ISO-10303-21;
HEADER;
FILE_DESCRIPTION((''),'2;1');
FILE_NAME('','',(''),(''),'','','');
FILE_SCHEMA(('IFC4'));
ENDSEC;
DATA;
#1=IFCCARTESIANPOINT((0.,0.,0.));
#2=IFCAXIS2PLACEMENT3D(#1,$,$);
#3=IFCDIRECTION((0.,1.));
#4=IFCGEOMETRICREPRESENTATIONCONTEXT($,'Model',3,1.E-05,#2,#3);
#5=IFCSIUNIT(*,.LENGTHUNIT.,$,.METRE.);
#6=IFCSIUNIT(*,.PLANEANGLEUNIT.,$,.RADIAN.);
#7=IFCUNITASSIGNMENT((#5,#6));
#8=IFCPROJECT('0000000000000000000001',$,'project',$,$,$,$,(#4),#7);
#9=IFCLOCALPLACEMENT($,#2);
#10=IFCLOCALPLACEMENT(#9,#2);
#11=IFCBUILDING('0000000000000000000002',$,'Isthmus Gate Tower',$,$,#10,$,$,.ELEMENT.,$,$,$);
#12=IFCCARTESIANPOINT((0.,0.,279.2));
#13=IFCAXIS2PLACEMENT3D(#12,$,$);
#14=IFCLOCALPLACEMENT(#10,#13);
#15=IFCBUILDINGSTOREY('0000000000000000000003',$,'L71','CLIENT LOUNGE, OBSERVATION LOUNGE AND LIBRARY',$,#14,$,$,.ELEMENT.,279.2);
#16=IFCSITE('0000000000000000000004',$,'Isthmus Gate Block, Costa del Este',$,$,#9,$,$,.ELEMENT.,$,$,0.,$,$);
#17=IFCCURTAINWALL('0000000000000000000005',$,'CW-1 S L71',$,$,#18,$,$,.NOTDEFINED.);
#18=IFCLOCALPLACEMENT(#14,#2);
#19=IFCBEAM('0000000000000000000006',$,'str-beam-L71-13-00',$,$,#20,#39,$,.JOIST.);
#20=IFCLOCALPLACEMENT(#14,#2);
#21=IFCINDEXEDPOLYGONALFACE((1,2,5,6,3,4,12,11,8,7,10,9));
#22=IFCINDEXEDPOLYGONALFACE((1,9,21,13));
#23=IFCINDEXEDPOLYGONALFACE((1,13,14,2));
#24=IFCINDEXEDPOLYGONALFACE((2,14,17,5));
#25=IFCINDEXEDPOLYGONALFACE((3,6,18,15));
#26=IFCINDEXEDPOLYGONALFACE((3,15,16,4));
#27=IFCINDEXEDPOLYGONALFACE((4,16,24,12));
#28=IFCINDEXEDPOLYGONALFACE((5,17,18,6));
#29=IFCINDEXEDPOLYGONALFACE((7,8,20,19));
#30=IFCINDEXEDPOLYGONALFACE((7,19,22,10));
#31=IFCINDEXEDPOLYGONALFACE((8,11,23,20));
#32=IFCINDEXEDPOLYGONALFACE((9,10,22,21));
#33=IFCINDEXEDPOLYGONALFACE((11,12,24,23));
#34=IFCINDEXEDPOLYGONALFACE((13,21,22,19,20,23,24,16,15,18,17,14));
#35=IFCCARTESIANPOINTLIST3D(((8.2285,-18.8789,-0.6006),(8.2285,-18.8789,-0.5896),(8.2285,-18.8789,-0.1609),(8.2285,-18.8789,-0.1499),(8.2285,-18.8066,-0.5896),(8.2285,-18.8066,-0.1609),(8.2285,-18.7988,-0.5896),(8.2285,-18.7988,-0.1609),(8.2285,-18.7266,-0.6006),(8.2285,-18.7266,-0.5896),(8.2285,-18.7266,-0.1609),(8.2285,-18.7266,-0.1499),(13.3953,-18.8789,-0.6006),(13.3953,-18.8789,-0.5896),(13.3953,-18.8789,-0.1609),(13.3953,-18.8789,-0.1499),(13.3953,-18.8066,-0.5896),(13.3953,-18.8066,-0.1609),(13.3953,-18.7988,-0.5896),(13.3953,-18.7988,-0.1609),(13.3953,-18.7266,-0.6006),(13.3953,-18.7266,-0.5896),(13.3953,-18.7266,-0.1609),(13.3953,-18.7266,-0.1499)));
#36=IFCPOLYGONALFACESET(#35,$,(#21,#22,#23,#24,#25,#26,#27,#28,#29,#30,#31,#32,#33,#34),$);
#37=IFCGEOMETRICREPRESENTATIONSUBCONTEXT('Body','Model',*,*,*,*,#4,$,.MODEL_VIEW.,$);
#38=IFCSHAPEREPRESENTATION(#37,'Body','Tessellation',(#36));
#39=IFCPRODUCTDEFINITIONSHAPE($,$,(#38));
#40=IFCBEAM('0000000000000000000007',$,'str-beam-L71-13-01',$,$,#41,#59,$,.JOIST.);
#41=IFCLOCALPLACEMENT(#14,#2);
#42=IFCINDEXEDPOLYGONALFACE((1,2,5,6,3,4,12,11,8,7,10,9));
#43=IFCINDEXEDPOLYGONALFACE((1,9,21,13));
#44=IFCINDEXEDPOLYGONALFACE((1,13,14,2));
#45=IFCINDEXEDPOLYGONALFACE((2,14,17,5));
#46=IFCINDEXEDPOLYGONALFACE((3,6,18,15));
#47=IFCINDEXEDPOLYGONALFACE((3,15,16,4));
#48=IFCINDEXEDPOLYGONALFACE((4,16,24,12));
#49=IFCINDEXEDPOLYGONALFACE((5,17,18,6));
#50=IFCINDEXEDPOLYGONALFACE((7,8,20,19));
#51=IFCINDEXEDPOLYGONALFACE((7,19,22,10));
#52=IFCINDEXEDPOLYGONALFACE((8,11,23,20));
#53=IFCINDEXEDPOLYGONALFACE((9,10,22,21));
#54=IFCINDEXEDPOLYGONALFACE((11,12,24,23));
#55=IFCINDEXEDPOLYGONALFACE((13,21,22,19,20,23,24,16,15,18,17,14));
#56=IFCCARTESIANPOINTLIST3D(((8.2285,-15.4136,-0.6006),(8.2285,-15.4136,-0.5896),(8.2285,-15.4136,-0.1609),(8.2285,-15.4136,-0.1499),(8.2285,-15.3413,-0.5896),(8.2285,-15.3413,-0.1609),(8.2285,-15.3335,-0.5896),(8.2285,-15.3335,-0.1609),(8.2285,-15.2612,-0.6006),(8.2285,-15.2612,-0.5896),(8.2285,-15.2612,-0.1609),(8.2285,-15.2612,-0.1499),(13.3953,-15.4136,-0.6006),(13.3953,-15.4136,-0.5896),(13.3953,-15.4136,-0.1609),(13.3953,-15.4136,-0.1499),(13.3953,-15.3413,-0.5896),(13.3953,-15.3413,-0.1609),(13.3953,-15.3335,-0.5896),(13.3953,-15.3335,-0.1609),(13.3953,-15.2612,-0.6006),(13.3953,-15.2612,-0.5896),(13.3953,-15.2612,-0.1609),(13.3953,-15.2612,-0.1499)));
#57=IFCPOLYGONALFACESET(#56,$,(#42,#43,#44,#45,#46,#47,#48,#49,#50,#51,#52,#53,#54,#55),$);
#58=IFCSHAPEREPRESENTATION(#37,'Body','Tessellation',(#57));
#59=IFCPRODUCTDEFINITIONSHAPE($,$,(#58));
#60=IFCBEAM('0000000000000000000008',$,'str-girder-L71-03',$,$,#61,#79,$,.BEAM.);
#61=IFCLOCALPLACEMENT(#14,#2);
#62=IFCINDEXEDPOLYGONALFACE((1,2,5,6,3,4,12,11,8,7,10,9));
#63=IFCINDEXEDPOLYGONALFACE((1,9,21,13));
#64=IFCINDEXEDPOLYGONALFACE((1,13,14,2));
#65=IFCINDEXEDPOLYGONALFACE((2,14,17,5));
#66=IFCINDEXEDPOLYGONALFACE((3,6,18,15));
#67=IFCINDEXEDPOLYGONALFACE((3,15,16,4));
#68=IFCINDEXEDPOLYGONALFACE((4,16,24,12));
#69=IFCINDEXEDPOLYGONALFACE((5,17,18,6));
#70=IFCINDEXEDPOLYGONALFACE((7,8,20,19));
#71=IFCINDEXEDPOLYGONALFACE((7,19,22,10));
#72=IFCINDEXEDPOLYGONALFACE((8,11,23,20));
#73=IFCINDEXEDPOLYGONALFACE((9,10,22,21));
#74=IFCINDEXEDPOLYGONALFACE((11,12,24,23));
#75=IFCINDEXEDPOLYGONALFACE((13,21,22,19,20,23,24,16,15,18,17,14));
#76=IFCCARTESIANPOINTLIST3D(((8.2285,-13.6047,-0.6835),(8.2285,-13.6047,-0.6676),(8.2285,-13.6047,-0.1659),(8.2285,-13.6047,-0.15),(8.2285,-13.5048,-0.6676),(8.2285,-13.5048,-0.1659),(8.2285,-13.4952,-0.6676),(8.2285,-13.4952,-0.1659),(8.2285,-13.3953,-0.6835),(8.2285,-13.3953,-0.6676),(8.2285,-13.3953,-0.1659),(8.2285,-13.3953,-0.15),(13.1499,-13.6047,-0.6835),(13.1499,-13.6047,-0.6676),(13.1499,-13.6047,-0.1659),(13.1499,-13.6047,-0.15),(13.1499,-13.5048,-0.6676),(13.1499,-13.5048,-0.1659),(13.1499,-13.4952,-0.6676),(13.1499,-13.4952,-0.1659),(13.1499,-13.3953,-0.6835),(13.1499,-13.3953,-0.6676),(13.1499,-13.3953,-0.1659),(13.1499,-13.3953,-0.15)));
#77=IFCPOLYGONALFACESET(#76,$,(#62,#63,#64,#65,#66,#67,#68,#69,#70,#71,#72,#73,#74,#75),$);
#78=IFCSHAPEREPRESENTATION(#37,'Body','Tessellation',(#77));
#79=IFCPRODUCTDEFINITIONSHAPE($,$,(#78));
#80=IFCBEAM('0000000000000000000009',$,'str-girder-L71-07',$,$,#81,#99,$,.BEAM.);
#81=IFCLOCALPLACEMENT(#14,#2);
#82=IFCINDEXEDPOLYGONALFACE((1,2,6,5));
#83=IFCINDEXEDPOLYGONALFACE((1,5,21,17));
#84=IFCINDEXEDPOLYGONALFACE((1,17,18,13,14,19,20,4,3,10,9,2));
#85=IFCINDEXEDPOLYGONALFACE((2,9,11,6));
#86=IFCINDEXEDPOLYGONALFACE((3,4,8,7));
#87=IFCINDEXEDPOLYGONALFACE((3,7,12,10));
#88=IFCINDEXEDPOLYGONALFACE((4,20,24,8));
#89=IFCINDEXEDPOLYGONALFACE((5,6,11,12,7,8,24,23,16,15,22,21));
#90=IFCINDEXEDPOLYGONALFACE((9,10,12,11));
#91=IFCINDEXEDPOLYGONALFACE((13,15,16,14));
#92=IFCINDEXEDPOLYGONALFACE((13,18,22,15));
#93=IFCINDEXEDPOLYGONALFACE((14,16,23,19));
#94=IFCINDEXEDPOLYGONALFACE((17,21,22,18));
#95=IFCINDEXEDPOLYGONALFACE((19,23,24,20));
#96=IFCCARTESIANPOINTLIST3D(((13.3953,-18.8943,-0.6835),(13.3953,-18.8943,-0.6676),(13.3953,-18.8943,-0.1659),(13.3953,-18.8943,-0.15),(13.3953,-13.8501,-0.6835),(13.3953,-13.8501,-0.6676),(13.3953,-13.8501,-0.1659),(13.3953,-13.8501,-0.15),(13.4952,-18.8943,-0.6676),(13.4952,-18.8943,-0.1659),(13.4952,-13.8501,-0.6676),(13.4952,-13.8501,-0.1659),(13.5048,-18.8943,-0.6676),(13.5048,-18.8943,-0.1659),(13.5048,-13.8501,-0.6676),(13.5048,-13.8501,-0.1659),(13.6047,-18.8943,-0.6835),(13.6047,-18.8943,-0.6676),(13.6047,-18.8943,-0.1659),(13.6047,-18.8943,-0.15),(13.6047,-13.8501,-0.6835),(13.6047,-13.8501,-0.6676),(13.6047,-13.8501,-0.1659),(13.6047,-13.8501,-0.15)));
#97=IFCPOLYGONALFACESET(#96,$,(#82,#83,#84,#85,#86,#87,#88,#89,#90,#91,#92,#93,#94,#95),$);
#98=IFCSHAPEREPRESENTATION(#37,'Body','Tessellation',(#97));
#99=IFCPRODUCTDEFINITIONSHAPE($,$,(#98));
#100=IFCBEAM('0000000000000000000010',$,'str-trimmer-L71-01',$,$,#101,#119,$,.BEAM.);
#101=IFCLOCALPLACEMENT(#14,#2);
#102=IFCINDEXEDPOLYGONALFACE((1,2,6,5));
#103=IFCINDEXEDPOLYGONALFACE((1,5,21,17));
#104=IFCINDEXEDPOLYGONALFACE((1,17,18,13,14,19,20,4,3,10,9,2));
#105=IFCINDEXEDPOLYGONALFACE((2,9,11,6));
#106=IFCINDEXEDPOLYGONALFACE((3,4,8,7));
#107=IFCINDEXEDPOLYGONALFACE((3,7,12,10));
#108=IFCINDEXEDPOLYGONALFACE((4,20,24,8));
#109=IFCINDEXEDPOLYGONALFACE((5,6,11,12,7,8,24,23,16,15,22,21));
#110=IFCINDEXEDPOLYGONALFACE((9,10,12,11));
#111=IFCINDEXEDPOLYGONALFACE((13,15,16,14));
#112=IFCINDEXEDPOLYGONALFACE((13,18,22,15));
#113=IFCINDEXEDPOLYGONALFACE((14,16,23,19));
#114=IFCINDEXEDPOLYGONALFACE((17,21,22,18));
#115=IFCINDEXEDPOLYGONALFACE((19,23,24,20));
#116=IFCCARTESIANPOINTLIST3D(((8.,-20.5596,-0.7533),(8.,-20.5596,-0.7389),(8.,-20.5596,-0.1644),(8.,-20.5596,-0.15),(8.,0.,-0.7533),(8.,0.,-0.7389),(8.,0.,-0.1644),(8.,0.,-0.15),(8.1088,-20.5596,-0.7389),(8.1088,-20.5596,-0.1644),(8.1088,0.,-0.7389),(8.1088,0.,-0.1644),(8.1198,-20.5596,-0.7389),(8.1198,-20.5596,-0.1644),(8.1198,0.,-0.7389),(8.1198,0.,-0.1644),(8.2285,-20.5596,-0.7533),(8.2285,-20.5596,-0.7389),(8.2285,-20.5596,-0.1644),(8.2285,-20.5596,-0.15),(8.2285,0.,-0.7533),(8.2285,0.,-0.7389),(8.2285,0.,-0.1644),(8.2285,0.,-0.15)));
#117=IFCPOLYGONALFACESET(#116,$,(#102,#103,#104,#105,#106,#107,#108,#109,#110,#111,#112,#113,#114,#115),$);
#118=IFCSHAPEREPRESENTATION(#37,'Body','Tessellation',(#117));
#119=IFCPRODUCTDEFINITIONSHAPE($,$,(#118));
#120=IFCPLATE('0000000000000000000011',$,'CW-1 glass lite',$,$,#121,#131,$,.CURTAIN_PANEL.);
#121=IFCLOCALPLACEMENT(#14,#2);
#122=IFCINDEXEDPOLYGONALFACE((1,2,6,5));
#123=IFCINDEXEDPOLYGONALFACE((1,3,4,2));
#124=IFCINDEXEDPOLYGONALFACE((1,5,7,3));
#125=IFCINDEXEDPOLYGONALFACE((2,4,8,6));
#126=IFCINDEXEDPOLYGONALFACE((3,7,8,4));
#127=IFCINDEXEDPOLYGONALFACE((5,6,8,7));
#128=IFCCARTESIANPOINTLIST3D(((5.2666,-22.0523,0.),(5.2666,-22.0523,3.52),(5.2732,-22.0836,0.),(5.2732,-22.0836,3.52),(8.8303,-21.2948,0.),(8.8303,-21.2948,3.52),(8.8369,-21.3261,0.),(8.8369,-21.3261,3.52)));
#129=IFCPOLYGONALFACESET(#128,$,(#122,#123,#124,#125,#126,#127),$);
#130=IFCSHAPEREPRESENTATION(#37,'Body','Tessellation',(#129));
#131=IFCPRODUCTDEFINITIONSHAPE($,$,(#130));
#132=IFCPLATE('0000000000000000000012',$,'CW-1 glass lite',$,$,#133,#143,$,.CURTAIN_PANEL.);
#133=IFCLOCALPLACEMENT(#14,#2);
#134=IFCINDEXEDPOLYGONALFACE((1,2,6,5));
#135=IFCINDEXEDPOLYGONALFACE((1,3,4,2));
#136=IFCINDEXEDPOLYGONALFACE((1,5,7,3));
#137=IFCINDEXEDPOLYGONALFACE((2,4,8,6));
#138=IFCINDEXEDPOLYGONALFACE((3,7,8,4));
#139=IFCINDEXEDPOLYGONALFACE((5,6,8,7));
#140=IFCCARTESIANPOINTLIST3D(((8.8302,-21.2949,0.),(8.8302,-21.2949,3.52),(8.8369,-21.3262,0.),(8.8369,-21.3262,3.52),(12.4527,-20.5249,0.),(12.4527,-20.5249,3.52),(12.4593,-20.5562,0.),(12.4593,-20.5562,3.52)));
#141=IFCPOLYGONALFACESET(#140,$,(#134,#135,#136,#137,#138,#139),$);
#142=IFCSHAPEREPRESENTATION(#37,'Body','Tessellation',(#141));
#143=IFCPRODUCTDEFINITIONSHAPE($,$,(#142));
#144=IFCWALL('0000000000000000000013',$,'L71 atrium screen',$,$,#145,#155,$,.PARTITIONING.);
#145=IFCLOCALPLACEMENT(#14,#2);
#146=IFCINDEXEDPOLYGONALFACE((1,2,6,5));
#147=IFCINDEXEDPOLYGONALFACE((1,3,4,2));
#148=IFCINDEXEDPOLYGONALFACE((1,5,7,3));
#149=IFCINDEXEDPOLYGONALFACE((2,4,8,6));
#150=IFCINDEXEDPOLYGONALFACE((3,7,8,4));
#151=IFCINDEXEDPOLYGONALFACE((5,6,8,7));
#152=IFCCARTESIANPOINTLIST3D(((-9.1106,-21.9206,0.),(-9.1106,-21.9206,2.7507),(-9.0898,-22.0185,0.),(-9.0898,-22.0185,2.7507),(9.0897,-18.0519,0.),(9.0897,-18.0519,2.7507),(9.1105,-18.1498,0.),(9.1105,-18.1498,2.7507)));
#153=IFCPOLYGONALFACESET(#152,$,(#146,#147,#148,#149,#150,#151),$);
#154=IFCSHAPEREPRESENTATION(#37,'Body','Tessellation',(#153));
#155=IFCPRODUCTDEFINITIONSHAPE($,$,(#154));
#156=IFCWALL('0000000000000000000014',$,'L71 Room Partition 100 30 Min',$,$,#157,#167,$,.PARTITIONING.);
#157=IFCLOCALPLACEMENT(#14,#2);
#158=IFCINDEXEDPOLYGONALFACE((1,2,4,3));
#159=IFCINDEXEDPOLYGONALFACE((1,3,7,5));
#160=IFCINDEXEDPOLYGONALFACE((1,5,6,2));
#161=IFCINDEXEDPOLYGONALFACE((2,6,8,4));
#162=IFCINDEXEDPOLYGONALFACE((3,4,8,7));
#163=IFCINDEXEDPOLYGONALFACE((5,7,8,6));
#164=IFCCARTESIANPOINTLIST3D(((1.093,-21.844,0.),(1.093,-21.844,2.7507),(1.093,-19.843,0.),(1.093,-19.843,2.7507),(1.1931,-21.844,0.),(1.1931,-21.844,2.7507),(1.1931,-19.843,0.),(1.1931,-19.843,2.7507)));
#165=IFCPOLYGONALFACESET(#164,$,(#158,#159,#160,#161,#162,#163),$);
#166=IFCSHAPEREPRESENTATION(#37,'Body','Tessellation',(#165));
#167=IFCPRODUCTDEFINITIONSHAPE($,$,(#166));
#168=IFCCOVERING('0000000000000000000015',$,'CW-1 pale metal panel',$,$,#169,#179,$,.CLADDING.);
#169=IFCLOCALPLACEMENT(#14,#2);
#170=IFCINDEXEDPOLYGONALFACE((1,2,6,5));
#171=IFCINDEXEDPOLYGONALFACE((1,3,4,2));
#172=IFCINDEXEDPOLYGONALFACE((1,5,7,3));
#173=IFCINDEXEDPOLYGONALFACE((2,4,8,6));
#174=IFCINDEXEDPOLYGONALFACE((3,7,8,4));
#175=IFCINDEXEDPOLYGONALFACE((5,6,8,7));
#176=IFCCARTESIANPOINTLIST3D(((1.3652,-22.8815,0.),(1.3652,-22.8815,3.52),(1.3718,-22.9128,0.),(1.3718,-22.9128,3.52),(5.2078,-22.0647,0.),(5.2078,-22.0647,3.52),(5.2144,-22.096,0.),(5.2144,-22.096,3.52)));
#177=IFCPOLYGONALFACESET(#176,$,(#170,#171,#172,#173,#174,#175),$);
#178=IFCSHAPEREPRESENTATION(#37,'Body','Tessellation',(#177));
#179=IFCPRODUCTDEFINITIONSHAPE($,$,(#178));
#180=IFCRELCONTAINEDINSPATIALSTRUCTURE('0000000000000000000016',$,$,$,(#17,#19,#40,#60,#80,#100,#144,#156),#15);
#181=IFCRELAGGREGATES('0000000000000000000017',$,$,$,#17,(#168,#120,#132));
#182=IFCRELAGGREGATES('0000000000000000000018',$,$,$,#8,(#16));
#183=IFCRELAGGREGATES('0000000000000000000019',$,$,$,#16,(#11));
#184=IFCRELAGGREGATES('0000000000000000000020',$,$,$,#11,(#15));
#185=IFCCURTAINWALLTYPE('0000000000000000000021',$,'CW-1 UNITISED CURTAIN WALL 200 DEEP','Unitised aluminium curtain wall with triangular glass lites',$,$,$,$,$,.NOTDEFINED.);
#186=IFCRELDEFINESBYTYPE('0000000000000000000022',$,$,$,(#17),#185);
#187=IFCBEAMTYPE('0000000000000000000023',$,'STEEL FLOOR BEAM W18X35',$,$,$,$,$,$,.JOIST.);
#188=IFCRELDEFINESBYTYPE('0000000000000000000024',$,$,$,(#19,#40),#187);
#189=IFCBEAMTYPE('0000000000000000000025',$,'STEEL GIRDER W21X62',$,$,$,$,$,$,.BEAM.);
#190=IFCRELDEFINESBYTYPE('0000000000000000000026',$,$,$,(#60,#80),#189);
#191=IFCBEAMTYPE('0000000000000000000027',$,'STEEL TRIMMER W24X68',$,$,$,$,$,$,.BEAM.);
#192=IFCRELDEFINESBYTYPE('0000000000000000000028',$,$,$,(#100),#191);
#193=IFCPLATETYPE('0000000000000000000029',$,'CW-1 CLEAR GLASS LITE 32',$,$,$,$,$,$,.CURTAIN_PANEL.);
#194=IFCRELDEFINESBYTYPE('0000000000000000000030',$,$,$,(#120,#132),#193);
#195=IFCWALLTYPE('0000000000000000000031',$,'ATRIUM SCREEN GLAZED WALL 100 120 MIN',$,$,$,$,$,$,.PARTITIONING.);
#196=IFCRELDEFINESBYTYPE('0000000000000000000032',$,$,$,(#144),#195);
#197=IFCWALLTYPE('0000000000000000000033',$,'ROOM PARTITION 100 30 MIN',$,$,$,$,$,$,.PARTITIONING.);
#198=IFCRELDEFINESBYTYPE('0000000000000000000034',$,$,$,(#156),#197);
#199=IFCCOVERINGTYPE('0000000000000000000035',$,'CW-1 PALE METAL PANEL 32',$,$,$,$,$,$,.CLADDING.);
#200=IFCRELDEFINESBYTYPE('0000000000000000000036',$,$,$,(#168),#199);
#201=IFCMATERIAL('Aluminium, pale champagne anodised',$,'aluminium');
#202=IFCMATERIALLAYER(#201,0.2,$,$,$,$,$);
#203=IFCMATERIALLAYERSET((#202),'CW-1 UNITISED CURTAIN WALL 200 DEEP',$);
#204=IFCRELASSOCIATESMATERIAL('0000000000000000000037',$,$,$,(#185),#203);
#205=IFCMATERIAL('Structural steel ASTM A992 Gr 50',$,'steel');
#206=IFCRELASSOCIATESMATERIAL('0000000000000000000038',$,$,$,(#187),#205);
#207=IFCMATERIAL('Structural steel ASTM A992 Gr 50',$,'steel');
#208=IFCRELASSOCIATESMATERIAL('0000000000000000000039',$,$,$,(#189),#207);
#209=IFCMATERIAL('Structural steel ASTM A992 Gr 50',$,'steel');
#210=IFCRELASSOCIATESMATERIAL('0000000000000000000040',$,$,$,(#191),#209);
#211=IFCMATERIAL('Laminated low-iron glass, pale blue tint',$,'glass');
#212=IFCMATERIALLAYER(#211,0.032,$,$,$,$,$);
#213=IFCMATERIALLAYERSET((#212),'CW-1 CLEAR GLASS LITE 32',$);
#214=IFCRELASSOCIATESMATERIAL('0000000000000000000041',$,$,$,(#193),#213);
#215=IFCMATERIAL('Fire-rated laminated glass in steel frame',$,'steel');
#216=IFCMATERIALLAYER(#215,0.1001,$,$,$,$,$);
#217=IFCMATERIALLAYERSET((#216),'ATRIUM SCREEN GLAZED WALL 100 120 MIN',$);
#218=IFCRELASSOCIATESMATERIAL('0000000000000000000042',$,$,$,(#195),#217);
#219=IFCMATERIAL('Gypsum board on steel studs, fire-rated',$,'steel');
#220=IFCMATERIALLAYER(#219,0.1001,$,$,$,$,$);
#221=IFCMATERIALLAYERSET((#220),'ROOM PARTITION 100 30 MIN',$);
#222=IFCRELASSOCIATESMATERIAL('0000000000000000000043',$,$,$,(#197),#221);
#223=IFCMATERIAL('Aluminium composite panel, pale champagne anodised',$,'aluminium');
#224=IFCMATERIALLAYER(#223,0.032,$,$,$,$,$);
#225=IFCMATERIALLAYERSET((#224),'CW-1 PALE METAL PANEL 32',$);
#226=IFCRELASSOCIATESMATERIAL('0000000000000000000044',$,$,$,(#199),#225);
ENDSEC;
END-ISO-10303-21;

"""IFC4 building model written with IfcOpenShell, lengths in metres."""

from ifc_helpers import new_model, si_unit, direction, frame, frame_2d, origin, origin_2d, place, context, subcontext, project, spatial, rectangle, i_section, extrude, material, layer, layer_set, material_profile, profile_set, type_object, element, aggregate, save


model = new_model("IFC4")

# Units and contexts
model_context = context("Model", 3, precision=1e-05, world=origin(), true_north=direction((0.0, 1.0)))
body_context = subcontext(model_context, "Body", "Model", "MODEL_VIEW")
ifc_project = project(units=[si_unit("LENGTHUNIT", "METRE"), si_unit("PLANEANGLEUNIT", "RADIAN")], contexts=[model_context])

# Site, building, storey
site_placement = place(None, origin())
site = spatial("IfcSite", under=ifc_project, at=site_placement, Name="Isthmus Gate Block, Costa del Este", CompositionType="ELEMENT", RefElevation=0.0)
building_placement = place(site_placement, origin())
building = spatial("IfcBuilding", under=site, at=building_placement, Name="Isthmus Gate Tower", CompositionType="ELEMENT")
storey_placement = place(building_placement, frame((0.0, 0.0, 279.2)))
storey = spatial("IfcBuildingStorey", under=building, at=storey_placement, Name="L71", Description="CLIENT LOUNGE, OBSERVATION LOUNGE AND LIBRARY", CompositionType="ELEMENT", Elevation=279.2)

# Curtain wall
ifc_material_1 = material(Name="Aluminium, pale champagne anodised", Category="aluminium")
ifc_layer_1 = layer(ifc_material_1, 0.2)
ifc_layer_set_1 = layer_set([ifc_layer_1], Name="CW-1 UNITISED CURTAIN WALL 200 DEEP")
curtain_wall_type = type_object("IfcCurtainWallType", Name="CW-1 UNITISED CURTAIN WALL 200 DEEP", Description="Unitised aluminium curtain wall with triangular glass lites", PredefinedType="NOTDEFINED", material=ifc_layer_set_1)
curtain_wall_1_placement = place(storey_placement, origin())
curtain_wall_1 = element("IfcCurtainWall", 1, at=curtain_wall_1_placement, inside=storey, type_object=curtain_wall_type, Name="CW-1 S L71", PredefinedType="NOTDEFINED")

# Beams
ifc_material_2 = material(Name="Structural steel ASTM A992 Gr 50", Category="steel")
ifc_material_profile_1 = material_profile(ifc_material_2, i_section(OverallWidth=0.1523, OverallDepth=0.4507, WebThickness=0.0078, FlangeThickness=0.011, at=origin_2d()), Name="W18X35")
ifc_profile_set_1 = profile_set([ifc_material_profile_1], Name="Structural steel ASTM A992 Gr 50")
beam_type_1 = type_object("IfcBeamType", Name="STEEL FLOOR BEAM W18X35", PredefinedType="JOIST", material=ifc_profile_set_1)
for number, where, z_axis, x_axis, name in (
    (2, (8.2285, -18.8027, -0.3752), (1.0, 0.0, 0.0), (0.0, 1.0, 0.0), "str-beam-L71-13-00"),
    (3, (8.2285, -15.3374, -0.3752), (1.0, 0.0, 0.0), (0.0, 1.0, 0.0), "str-beam-L71-13-01"),
):
    element("IfcBeam", number, at=place(storey_placement, frame(where, z_axis=z_axis, x_axis=x_axis)), inside=storey, type_object=beam_type_1, Name=name, PredefinedType="JOIST", context=body_context, shape_type="SweptSolid", body=[
        extrude(i_section(OverallWidth=0.1523, OverallDepth=0.4507, WebThickness=0.0078, FlangeThickness=0.011, at=origin_2d()), origin(), (0.0, 0.0, 1.0), 5.1667),
    ])
ifc_material_3 = material(Name="Structural steel ASTM A992 Gr 50", Category="steel")
ifc_material_profile_2 = material_profile(ifc_material_3, i_section(OverallWidth=0.2095, OverallDepth=0.5334, WebThickness=0.0095, FlangeThickness=0.0159, at=origin_2d()), Name="W21X62")
ifc_profile_set_2 = profile_set([ifc_material_profile_2], Name="Structural steel ASTM A992 Gr 50")
beam_type_2 = type_object("IfcBeamType", Name="STEEL GIRDER W21X62", PredefinedType="BEAM", material=ifc_profile_set_2)
beam_1_placement = place(storey_placement, frame((8.2285, -13.5, -0.4167), z_axis=(1.0, 0.0, 0.0), x_axis=(0.0, 1.0, 0.0)))
element("IfcBeam", 4, at=beam_1_placement, inside=storey, type_object=beam_type_2, Name="str-girder-L71-03", PredefinedType="BEAM", context=body_context, shape_type="SweptSolid", body=[
    extrude(i_section(OverallWidth=0.2095, OverallDepth=0.5334, WebThickness=0.0095, FlangeThickness=0.0159, at=origin_2d()), origin(), (0.0, 0.0, 1.0), 4.9214),
])
beam_2_placement = place(storey_placement, frame((13.5, -18.8943, -0.4167), z_axis=(0.0, 1.0, 0.0), x_axis=(-1.0, 0.0, 0.0)))
element("IfcBeam", 5, at=beam_2_placement, inside=storey, type_object=beam_type_2, Name="str-girder-L71-07", PredefinedType="BEAM", context=body_context, shape_type="SweptSolid", body=[
    extrude(i_section(OverallWidth=0.2095, OverallDepth=0.5334, WebThickness=0.0095, FlangeThickness=0.0159, at=origin_2d()), origin(), (0.0, 0.0, 1.0), 5.0442),
])
ifc_material_4 = material(Name="Structural steel ASTM A992 Gr 50", Category="steel")
ifc_material_profile_3 = material_profile(ifc_material_4, i_section(OverallWidth=0.2285, OverallDepth=0.6033, WebThickness=0.011, FlangeThickness=0.0144, at=origin_2d()), Name="W24X68")
ifc_profile_set_3 = profile_set([ifc_material_profile_3], Name="Structural steel ASTM A992 Gr 50")
beam_type_3 = type_object("IfcBeamType", Name="STEEL TRIMMER W24X68", PredefinedType="BEAM", material=ifc_profile_set_3)
beam_3_placement = place(storey_placement, frame((8.1143, -20.5596, -0.4517), z_axis=(0.0, 1.0, 0.0), x_axis=(-1.0, 0.0, 0.0)))
element("IfcBeam", 6, at=beam_3_placement, inside=storey, type_object=beam_type_3, Name="str-trimmer-L71-01", PredefinedType="BEAM", context=body_context, shape_type="SweptSolid", body=[
    extrude(i_section(OverallWidth=0.2285, OverallDepth=0.6033, WebThickness=0.011, FlangeThickness=0.0144, at=origin_2d()), origin(), (0.0, 0.0, 1.0), 20.5596),
])

# Plates
ifc_material_5 = material(Name="Laminated low-iron glass, pale blue tint", Category="glass")
ifc_layer_2 = layer(ifc_material_5, 0.032)
ifc_layer_set_2 = layer_set([ifc_layer_2], Name="CW-1 CLEAR GLASS LITE 32")
plate_type = type_object("IfcPlateType", Name="CW-1 CLEAR GLASS LITE 32", PredefinedType="CURTAIN_PANEL", material=ifc_layer_set_2)
plate_1_placement = place(storey_placement, frame((7.0518, -21.6892, 0.0), z_axis=(0.0, 0.0, 1.0), x_axis=(0.978148, 0.207912, 0.0)))
plate_1 = element("IfcPlate", 7, at=plate_1_placement, type_object=plate_type, Name="CW-1 glass lite", PredefinedType="CURTAIN_PANEL", context=body_context, shape_type="SweptSolid", body=[
    extrude(rectangle(XDim=3.6433, YDim=0.032, at=origin_2d()), origin(), (0.0, 0.0, 1.0), 3.52),
])
plate_2_placement = place(storey_placement, frame((10.6448, -20.9255, 0.0), z_axis=(0.0, 0.0, 1.0), x_axis=(0.978148, 0.207912, 0.0)))
plate_2 = element("IfcPlate", 8, at=plate_2_placement, type_object=plate_type, Name="CW-1 glass lite", PredefinedType="CURTAIN_PANEL", context=body_context, shape_type="SweptSolid", body=[
    extrude(rectangle(XDim=3.7034, YDim=0.032, at=origin_2d()), origin(), (0.0, 0.0, 1.0), 3.52),
])

# Walls
ifc_material_6 = material(Name="Fire-rated laminated glass in steel frame", Category="steel")
ifc_layer_3 = layer(ifc_material_6, 0.1001)
ifc_layer_set_3 = layer_set([ifc_layer_3], Name="ATRIUM SCREEN GLAZED WALL 100 120 MIN")
wall_type_1 = type_object("IfcWallType", Name="ATRIUM SCREEN GLAZED WALL 100 120 MIN", PredefinedType="PARTITIONING", material=ifc_layer_set_3)
wall_1_placement = place(storey_placement, frame((9.1001, -18.1008, 0.0), z_axis=(0.0, 0.0, 1.0), x_axis=(-0.978147, -0.207916, 0.0)))
element("IfcWall", 9, at=wall_1_placement, inside=storey, type_object=wall_type_1, Name="L71 atrium screen", PredefinedType="PARTITIONING", context=body_context, shape_type="SweptSolid", body=[
    extrude(rectangle(XDim=18.6069, YDim=0.1001, at=frame_2d((9.3035, 0.0))), origin(), (0.0, 0.0, 1.0), 2.7507),
])
ifc_material_7 = material(Name="Gypsum board on steel studs, fire-rated", Category="steel")
ifc_layer_4 = layer(ifc_material_7, 0.1001)
ifc_layer_set_4 = layer_set([ifc_layer_4], Name="ROOM PARTITION 100 30 MIN")
wall_type_2 = type_object("IfcWallType", Name="ROOM PARTITION 100 30 MIN", PredefinedType="PARTITIONING", material=ifc_layer_set_4)
wall_2_placement = place(storey_placement, frame((1.1431, -21.844, 0.0), z_axis=(0.0, 0.0, 1.0), x_axis=(0.0, 1.0, 0.0)))
element("IfcWall", 10, at=wall_2_placement, inside=storey, type_object=wall_type_2, Name="L71 Room Partition 100 30 Min", PredefinedType="PARTITIONING", context=body_context, shape_type="SweptSolid", body=[
    extrude(rectangle(XDim=2.001, YDim=0.1001, at=frame_2d((1.0005, 0.0))), origin(), (0.0, 0.0, 1.0), 2.7507),
])

# Covering
ifc_material_8 = material(Name="Aluminium composite panel, pale champagne anodised", Category="aluminium")
ifc_layer_5 = layer(ifc_material_8, 0.032)
ifc_layer_set_5 = layer_set([ifc_layer_5], Name="CW-1 PALE METAL PANEL 32")
covering_type = type_object("IfcCoveringType", Name="CW-1 PALE METAL PANEL 32", PredefinedType="CLADDING", material=ifc_layer_set_5)
covering_placement = place(storey_placement, frame((3.2898, -22.4888, 0.0), z_axis=(0.0, 0.0, 1.0), x_axis=(0.978148, 0.207912, 0.0)))
covering = element("IfcCovering", 11, at=covering_placement, type_object=covering_type, Name="CW-1 pale metal panel", PredefinedType="CLADDING", context=body_context, shape_type="SweptSolid", body=[
    extrude(rectangle(XDim=3.9285, YDim=0.032, at=origin_2d()), origin(), (0.0, 0.0, 1.0), 3.52),
])
aggregate(curtain_wall_1, [covering, plate_1, plate_2])

save(model, "model.ifc")
